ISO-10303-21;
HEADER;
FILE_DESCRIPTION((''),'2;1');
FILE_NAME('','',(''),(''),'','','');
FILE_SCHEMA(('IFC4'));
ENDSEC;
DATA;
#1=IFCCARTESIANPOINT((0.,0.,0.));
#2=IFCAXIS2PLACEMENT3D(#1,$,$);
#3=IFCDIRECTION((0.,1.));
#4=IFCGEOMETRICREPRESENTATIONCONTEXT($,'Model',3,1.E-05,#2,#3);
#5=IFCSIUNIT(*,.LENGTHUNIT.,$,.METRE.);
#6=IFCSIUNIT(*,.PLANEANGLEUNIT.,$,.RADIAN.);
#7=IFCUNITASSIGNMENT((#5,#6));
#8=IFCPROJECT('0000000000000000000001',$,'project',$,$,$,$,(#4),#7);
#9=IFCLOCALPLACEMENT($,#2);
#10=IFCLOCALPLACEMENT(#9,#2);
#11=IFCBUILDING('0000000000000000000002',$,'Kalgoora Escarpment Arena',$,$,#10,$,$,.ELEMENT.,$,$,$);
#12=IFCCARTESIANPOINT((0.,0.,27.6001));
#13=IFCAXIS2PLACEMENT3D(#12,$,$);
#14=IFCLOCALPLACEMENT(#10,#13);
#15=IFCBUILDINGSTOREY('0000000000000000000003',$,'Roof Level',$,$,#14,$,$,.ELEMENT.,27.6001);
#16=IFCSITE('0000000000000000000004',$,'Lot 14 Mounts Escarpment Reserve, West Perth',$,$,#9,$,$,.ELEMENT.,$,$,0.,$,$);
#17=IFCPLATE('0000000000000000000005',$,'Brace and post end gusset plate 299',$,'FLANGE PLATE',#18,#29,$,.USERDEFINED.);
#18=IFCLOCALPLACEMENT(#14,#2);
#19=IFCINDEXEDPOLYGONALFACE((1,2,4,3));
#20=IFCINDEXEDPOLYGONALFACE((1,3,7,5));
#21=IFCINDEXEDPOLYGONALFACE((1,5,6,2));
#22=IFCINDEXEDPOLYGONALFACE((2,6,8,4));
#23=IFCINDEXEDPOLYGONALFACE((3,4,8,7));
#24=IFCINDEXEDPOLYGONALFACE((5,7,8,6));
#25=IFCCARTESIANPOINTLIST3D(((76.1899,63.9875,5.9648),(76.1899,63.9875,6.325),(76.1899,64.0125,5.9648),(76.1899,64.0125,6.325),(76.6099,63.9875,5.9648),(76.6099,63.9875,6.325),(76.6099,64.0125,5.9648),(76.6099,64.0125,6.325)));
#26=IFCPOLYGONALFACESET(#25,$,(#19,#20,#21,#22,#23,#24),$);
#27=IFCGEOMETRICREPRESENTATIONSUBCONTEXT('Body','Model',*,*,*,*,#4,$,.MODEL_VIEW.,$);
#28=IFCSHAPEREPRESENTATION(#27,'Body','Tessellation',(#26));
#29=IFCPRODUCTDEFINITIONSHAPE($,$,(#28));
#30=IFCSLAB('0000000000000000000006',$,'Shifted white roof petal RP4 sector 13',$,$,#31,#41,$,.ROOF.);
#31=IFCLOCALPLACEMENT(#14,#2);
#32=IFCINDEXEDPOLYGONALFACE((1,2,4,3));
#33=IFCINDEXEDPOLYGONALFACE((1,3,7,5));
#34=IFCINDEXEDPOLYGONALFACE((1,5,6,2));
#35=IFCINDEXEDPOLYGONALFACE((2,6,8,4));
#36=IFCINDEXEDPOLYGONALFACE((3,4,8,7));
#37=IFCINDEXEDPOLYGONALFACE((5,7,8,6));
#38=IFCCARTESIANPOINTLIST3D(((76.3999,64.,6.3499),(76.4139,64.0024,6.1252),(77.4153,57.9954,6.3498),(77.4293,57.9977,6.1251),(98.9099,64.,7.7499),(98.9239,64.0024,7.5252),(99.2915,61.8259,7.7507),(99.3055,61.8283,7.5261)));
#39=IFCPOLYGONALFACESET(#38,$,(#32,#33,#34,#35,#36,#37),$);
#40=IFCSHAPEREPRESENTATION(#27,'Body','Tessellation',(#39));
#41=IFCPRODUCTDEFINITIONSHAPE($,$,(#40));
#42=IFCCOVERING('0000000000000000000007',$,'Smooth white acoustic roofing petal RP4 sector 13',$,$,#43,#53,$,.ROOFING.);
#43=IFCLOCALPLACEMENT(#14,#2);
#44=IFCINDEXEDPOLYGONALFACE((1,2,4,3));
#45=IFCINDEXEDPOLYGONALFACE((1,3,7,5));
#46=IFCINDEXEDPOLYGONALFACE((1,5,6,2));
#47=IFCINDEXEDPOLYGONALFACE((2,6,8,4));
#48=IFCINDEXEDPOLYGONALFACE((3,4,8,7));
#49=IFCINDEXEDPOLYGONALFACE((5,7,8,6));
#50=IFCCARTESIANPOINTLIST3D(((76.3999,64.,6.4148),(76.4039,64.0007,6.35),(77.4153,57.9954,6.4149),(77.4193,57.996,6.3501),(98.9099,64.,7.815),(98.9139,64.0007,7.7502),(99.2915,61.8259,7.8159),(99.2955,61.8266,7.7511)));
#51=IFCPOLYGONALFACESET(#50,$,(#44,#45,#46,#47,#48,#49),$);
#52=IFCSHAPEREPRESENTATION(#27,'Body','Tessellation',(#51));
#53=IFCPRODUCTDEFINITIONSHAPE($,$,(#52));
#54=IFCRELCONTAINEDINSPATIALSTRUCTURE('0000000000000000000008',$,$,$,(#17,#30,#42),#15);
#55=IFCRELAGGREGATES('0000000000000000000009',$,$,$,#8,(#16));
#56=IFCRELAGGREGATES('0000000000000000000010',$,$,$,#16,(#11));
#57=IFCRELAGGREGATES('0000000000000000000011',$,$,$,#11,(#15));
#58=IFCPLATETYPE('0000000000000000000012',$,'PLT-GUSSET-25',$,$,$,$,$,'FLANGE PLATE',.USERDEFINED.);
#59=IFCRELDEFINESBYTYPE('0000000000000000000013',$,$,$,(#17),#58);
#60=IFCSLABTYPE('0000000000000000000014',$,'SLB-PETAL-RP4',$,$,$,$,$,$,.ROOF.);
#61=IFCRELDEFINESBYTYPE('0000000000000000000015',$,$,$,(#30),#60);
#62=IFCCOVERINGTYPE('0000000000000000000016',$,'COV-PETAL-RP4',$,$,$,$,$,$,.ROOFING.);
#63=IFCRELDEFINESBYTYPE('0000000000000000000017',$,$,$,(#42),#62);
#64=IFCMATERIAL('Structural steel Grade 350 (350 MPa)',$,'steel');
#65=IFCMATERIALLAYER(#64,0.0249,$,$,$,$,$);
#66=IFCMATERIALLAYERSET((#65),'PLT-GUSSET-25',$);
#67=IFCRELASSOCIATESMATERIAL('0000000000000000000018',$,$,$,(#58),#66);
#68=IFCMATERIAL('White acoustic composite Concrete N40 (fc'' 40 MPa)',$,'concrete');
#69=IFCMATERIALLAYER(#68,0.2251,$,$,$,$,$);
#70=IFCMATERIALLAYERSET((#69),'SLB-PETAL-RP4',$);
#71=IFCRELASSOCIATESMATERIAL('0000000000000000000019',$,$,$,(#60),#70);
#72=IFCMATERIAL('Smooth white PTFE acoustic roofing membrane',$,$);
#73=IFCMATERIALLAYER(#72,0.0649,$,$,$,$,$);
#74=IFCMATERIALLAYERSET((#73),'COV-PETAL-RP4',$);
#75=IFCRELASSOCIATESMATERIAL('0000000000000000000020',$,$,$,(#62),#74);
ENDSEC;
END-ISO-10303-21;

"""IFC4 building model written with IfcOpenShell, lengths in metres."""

from ifc_helpers import new_model, si_unit, direction, frame, origin, origin_2d, place, context, subcontext, project, spatial, polyline, rectangle, outline, extrude, material, layer, layer_set, type_object, element, save


model = new_model("IFC4")

# Units and contexts
model_context = context("Model", 3, precision=1e-05, world=origin(), true_north=direction((0.0, 1.0)))
body_context = subcontext(model_context, "Body", "Model", "MODEL_VIEW")
ifc_project = project(units=[si_unit("LENGTHUNIT", "METRE"), si_unit("PLANEANGLEUNIT", "RADIAN")], contexts=[model_context])

# Site, building, storey
site_placement = place(None, origin())
site = spatial("IfcSite", under=ifc_project, at=site_placement, Name="Lot 14 Mounts Escarpment Reserve, West Perth", CompositionType="ELEMENT", RefElevation=0.0)
building_placement = place(site_placement, origin())
building = spatial("IfcBuilding", under=site, at=building_placement, Name="Kalgoora Escarpment Arena", CompositionType="ELEMENT")
storey_placement = place(building_placement, frame((0.0, 0.0, 27.6001)))
storey = spatial("IfcBuildingStorey", under=building, at=storey_placement, Name="Roof Level", CompositionType="ELEMENT", Elevation=27.6001)

# Plate
ifc_material_1 = material(Name="Structural steel Grade 350 (350 MPa)", Category="steel")
ifc_layer_1 = layer(ifc_material_1, 0.0249)
ifc_layer_set_1 = layer_set([ifc_layer_1], Name="PLT-GUSSET-25")
plate_type = type_object("IfcPlateType", Name="PLT-GUSSET-25", ElementType="FLANGE PLATE", PredefinedType="USERDEFINED", material=ifc_layer_set_1)
for number, where, z_axis, x_axis, name in (
    (1, (76.3999, 64.0, 5.9648), (0.0, 0.0, 1.0), (1.0, 0.0, 0.0), "Brace and post end gusset plate 299"),
):
    element("IfcPlate", number, at=place(storey_placement, frame(where, z_axis=z_axis, x_axis=x_axis)), inside=storey, type_object=plate_type, Name=name, ObjectType="FLANGE PLATE", PredefinedType="USERDEFINED", context=body_context, shape_type="SweptSolid", body=[
        extrude(rectangle(XDim=0.4199, YDim=0.0249, at=origin_2d()), origin(), (0.0, 0.0, 1.0), 0.3601),
    ])

# Slab
ifc_material_2 = material(Name="White acoustic composite Concrete N40 (fc' 40 MPa)", Category="concrete")
ifc_layer_2 = layer(ifc_material_2, 0.2251)
ifc_layer_set_2 = layer_set([ifc_layer_2], Name="SLB-PETAL-RP4")
slab_type = type_object("IfcSlabType", Name="SLB-PETAL-RP4", PredefinedType="ROOF", material=ifc_layer_set_2)
slab_placement = place(storey_placement, frame((76.3999, 64.0, 6.3499), z_axis=(-0.062073, -0.010513, 0.998016), x_axis=(0.166733, -0.986002, -0.000016)))
element("IfcSlab", 2, at=slab_placement, inside=storey, type_object=slab_type, Name="Shifted white roof petal RP4 sector 13", PredefinedType="ROOF", context=body_context, shape_type="SweptSolid", body=[
    extrude(outline(polyline([(0.0, 0.0), (6.0899, 0.0), (5.9604, 22.2528), (3.7531, 22.239), (0.0, 0.0)])), origin(), (0.0, 0.0, -1.0), 0.2251),
])

# Covering
ifc_material_3 = material(Name="Smooth white PTFE acoustic roofing membrane")
ifc_layer_3 = layer(ifc_material_3, 0.0649)
ifc_layer_set_3 = layer_set([ifc_layer_3], Name="COV-PETAL-RP4")
covering_type = type_object("IfcCoveringType", Name="COV-PETAL-RP4", PredefinedType="ROOFING", material=ifc_layer_set_3)
covering_placement = place(storey_placement, frame((76.3999, 64.0, 6.4148), z_axis=(-0.062081, -0.010485, 0.998016), x_axis=(0.166732, -0.986002, 0.000013)))
element("IfcCovering", 3, at=covering_placement, inside=storey, type_object=covering_type, Name="Smooth white acoustic roofing petal RP4 sector 13", PredefinedType="ROOFING", context=body_context, shape_type="SweptSolid", body=[
    extrude(outline(polyline([(0.0, 0.0), (6.0899, 0.0), (5.9604, 22.2528), (3.7531, 22.239), (0.0, 0.0)])), origin(), (0.0, 0.0, -1.0), 0.0649),
])

save(model, "model.ifc")
